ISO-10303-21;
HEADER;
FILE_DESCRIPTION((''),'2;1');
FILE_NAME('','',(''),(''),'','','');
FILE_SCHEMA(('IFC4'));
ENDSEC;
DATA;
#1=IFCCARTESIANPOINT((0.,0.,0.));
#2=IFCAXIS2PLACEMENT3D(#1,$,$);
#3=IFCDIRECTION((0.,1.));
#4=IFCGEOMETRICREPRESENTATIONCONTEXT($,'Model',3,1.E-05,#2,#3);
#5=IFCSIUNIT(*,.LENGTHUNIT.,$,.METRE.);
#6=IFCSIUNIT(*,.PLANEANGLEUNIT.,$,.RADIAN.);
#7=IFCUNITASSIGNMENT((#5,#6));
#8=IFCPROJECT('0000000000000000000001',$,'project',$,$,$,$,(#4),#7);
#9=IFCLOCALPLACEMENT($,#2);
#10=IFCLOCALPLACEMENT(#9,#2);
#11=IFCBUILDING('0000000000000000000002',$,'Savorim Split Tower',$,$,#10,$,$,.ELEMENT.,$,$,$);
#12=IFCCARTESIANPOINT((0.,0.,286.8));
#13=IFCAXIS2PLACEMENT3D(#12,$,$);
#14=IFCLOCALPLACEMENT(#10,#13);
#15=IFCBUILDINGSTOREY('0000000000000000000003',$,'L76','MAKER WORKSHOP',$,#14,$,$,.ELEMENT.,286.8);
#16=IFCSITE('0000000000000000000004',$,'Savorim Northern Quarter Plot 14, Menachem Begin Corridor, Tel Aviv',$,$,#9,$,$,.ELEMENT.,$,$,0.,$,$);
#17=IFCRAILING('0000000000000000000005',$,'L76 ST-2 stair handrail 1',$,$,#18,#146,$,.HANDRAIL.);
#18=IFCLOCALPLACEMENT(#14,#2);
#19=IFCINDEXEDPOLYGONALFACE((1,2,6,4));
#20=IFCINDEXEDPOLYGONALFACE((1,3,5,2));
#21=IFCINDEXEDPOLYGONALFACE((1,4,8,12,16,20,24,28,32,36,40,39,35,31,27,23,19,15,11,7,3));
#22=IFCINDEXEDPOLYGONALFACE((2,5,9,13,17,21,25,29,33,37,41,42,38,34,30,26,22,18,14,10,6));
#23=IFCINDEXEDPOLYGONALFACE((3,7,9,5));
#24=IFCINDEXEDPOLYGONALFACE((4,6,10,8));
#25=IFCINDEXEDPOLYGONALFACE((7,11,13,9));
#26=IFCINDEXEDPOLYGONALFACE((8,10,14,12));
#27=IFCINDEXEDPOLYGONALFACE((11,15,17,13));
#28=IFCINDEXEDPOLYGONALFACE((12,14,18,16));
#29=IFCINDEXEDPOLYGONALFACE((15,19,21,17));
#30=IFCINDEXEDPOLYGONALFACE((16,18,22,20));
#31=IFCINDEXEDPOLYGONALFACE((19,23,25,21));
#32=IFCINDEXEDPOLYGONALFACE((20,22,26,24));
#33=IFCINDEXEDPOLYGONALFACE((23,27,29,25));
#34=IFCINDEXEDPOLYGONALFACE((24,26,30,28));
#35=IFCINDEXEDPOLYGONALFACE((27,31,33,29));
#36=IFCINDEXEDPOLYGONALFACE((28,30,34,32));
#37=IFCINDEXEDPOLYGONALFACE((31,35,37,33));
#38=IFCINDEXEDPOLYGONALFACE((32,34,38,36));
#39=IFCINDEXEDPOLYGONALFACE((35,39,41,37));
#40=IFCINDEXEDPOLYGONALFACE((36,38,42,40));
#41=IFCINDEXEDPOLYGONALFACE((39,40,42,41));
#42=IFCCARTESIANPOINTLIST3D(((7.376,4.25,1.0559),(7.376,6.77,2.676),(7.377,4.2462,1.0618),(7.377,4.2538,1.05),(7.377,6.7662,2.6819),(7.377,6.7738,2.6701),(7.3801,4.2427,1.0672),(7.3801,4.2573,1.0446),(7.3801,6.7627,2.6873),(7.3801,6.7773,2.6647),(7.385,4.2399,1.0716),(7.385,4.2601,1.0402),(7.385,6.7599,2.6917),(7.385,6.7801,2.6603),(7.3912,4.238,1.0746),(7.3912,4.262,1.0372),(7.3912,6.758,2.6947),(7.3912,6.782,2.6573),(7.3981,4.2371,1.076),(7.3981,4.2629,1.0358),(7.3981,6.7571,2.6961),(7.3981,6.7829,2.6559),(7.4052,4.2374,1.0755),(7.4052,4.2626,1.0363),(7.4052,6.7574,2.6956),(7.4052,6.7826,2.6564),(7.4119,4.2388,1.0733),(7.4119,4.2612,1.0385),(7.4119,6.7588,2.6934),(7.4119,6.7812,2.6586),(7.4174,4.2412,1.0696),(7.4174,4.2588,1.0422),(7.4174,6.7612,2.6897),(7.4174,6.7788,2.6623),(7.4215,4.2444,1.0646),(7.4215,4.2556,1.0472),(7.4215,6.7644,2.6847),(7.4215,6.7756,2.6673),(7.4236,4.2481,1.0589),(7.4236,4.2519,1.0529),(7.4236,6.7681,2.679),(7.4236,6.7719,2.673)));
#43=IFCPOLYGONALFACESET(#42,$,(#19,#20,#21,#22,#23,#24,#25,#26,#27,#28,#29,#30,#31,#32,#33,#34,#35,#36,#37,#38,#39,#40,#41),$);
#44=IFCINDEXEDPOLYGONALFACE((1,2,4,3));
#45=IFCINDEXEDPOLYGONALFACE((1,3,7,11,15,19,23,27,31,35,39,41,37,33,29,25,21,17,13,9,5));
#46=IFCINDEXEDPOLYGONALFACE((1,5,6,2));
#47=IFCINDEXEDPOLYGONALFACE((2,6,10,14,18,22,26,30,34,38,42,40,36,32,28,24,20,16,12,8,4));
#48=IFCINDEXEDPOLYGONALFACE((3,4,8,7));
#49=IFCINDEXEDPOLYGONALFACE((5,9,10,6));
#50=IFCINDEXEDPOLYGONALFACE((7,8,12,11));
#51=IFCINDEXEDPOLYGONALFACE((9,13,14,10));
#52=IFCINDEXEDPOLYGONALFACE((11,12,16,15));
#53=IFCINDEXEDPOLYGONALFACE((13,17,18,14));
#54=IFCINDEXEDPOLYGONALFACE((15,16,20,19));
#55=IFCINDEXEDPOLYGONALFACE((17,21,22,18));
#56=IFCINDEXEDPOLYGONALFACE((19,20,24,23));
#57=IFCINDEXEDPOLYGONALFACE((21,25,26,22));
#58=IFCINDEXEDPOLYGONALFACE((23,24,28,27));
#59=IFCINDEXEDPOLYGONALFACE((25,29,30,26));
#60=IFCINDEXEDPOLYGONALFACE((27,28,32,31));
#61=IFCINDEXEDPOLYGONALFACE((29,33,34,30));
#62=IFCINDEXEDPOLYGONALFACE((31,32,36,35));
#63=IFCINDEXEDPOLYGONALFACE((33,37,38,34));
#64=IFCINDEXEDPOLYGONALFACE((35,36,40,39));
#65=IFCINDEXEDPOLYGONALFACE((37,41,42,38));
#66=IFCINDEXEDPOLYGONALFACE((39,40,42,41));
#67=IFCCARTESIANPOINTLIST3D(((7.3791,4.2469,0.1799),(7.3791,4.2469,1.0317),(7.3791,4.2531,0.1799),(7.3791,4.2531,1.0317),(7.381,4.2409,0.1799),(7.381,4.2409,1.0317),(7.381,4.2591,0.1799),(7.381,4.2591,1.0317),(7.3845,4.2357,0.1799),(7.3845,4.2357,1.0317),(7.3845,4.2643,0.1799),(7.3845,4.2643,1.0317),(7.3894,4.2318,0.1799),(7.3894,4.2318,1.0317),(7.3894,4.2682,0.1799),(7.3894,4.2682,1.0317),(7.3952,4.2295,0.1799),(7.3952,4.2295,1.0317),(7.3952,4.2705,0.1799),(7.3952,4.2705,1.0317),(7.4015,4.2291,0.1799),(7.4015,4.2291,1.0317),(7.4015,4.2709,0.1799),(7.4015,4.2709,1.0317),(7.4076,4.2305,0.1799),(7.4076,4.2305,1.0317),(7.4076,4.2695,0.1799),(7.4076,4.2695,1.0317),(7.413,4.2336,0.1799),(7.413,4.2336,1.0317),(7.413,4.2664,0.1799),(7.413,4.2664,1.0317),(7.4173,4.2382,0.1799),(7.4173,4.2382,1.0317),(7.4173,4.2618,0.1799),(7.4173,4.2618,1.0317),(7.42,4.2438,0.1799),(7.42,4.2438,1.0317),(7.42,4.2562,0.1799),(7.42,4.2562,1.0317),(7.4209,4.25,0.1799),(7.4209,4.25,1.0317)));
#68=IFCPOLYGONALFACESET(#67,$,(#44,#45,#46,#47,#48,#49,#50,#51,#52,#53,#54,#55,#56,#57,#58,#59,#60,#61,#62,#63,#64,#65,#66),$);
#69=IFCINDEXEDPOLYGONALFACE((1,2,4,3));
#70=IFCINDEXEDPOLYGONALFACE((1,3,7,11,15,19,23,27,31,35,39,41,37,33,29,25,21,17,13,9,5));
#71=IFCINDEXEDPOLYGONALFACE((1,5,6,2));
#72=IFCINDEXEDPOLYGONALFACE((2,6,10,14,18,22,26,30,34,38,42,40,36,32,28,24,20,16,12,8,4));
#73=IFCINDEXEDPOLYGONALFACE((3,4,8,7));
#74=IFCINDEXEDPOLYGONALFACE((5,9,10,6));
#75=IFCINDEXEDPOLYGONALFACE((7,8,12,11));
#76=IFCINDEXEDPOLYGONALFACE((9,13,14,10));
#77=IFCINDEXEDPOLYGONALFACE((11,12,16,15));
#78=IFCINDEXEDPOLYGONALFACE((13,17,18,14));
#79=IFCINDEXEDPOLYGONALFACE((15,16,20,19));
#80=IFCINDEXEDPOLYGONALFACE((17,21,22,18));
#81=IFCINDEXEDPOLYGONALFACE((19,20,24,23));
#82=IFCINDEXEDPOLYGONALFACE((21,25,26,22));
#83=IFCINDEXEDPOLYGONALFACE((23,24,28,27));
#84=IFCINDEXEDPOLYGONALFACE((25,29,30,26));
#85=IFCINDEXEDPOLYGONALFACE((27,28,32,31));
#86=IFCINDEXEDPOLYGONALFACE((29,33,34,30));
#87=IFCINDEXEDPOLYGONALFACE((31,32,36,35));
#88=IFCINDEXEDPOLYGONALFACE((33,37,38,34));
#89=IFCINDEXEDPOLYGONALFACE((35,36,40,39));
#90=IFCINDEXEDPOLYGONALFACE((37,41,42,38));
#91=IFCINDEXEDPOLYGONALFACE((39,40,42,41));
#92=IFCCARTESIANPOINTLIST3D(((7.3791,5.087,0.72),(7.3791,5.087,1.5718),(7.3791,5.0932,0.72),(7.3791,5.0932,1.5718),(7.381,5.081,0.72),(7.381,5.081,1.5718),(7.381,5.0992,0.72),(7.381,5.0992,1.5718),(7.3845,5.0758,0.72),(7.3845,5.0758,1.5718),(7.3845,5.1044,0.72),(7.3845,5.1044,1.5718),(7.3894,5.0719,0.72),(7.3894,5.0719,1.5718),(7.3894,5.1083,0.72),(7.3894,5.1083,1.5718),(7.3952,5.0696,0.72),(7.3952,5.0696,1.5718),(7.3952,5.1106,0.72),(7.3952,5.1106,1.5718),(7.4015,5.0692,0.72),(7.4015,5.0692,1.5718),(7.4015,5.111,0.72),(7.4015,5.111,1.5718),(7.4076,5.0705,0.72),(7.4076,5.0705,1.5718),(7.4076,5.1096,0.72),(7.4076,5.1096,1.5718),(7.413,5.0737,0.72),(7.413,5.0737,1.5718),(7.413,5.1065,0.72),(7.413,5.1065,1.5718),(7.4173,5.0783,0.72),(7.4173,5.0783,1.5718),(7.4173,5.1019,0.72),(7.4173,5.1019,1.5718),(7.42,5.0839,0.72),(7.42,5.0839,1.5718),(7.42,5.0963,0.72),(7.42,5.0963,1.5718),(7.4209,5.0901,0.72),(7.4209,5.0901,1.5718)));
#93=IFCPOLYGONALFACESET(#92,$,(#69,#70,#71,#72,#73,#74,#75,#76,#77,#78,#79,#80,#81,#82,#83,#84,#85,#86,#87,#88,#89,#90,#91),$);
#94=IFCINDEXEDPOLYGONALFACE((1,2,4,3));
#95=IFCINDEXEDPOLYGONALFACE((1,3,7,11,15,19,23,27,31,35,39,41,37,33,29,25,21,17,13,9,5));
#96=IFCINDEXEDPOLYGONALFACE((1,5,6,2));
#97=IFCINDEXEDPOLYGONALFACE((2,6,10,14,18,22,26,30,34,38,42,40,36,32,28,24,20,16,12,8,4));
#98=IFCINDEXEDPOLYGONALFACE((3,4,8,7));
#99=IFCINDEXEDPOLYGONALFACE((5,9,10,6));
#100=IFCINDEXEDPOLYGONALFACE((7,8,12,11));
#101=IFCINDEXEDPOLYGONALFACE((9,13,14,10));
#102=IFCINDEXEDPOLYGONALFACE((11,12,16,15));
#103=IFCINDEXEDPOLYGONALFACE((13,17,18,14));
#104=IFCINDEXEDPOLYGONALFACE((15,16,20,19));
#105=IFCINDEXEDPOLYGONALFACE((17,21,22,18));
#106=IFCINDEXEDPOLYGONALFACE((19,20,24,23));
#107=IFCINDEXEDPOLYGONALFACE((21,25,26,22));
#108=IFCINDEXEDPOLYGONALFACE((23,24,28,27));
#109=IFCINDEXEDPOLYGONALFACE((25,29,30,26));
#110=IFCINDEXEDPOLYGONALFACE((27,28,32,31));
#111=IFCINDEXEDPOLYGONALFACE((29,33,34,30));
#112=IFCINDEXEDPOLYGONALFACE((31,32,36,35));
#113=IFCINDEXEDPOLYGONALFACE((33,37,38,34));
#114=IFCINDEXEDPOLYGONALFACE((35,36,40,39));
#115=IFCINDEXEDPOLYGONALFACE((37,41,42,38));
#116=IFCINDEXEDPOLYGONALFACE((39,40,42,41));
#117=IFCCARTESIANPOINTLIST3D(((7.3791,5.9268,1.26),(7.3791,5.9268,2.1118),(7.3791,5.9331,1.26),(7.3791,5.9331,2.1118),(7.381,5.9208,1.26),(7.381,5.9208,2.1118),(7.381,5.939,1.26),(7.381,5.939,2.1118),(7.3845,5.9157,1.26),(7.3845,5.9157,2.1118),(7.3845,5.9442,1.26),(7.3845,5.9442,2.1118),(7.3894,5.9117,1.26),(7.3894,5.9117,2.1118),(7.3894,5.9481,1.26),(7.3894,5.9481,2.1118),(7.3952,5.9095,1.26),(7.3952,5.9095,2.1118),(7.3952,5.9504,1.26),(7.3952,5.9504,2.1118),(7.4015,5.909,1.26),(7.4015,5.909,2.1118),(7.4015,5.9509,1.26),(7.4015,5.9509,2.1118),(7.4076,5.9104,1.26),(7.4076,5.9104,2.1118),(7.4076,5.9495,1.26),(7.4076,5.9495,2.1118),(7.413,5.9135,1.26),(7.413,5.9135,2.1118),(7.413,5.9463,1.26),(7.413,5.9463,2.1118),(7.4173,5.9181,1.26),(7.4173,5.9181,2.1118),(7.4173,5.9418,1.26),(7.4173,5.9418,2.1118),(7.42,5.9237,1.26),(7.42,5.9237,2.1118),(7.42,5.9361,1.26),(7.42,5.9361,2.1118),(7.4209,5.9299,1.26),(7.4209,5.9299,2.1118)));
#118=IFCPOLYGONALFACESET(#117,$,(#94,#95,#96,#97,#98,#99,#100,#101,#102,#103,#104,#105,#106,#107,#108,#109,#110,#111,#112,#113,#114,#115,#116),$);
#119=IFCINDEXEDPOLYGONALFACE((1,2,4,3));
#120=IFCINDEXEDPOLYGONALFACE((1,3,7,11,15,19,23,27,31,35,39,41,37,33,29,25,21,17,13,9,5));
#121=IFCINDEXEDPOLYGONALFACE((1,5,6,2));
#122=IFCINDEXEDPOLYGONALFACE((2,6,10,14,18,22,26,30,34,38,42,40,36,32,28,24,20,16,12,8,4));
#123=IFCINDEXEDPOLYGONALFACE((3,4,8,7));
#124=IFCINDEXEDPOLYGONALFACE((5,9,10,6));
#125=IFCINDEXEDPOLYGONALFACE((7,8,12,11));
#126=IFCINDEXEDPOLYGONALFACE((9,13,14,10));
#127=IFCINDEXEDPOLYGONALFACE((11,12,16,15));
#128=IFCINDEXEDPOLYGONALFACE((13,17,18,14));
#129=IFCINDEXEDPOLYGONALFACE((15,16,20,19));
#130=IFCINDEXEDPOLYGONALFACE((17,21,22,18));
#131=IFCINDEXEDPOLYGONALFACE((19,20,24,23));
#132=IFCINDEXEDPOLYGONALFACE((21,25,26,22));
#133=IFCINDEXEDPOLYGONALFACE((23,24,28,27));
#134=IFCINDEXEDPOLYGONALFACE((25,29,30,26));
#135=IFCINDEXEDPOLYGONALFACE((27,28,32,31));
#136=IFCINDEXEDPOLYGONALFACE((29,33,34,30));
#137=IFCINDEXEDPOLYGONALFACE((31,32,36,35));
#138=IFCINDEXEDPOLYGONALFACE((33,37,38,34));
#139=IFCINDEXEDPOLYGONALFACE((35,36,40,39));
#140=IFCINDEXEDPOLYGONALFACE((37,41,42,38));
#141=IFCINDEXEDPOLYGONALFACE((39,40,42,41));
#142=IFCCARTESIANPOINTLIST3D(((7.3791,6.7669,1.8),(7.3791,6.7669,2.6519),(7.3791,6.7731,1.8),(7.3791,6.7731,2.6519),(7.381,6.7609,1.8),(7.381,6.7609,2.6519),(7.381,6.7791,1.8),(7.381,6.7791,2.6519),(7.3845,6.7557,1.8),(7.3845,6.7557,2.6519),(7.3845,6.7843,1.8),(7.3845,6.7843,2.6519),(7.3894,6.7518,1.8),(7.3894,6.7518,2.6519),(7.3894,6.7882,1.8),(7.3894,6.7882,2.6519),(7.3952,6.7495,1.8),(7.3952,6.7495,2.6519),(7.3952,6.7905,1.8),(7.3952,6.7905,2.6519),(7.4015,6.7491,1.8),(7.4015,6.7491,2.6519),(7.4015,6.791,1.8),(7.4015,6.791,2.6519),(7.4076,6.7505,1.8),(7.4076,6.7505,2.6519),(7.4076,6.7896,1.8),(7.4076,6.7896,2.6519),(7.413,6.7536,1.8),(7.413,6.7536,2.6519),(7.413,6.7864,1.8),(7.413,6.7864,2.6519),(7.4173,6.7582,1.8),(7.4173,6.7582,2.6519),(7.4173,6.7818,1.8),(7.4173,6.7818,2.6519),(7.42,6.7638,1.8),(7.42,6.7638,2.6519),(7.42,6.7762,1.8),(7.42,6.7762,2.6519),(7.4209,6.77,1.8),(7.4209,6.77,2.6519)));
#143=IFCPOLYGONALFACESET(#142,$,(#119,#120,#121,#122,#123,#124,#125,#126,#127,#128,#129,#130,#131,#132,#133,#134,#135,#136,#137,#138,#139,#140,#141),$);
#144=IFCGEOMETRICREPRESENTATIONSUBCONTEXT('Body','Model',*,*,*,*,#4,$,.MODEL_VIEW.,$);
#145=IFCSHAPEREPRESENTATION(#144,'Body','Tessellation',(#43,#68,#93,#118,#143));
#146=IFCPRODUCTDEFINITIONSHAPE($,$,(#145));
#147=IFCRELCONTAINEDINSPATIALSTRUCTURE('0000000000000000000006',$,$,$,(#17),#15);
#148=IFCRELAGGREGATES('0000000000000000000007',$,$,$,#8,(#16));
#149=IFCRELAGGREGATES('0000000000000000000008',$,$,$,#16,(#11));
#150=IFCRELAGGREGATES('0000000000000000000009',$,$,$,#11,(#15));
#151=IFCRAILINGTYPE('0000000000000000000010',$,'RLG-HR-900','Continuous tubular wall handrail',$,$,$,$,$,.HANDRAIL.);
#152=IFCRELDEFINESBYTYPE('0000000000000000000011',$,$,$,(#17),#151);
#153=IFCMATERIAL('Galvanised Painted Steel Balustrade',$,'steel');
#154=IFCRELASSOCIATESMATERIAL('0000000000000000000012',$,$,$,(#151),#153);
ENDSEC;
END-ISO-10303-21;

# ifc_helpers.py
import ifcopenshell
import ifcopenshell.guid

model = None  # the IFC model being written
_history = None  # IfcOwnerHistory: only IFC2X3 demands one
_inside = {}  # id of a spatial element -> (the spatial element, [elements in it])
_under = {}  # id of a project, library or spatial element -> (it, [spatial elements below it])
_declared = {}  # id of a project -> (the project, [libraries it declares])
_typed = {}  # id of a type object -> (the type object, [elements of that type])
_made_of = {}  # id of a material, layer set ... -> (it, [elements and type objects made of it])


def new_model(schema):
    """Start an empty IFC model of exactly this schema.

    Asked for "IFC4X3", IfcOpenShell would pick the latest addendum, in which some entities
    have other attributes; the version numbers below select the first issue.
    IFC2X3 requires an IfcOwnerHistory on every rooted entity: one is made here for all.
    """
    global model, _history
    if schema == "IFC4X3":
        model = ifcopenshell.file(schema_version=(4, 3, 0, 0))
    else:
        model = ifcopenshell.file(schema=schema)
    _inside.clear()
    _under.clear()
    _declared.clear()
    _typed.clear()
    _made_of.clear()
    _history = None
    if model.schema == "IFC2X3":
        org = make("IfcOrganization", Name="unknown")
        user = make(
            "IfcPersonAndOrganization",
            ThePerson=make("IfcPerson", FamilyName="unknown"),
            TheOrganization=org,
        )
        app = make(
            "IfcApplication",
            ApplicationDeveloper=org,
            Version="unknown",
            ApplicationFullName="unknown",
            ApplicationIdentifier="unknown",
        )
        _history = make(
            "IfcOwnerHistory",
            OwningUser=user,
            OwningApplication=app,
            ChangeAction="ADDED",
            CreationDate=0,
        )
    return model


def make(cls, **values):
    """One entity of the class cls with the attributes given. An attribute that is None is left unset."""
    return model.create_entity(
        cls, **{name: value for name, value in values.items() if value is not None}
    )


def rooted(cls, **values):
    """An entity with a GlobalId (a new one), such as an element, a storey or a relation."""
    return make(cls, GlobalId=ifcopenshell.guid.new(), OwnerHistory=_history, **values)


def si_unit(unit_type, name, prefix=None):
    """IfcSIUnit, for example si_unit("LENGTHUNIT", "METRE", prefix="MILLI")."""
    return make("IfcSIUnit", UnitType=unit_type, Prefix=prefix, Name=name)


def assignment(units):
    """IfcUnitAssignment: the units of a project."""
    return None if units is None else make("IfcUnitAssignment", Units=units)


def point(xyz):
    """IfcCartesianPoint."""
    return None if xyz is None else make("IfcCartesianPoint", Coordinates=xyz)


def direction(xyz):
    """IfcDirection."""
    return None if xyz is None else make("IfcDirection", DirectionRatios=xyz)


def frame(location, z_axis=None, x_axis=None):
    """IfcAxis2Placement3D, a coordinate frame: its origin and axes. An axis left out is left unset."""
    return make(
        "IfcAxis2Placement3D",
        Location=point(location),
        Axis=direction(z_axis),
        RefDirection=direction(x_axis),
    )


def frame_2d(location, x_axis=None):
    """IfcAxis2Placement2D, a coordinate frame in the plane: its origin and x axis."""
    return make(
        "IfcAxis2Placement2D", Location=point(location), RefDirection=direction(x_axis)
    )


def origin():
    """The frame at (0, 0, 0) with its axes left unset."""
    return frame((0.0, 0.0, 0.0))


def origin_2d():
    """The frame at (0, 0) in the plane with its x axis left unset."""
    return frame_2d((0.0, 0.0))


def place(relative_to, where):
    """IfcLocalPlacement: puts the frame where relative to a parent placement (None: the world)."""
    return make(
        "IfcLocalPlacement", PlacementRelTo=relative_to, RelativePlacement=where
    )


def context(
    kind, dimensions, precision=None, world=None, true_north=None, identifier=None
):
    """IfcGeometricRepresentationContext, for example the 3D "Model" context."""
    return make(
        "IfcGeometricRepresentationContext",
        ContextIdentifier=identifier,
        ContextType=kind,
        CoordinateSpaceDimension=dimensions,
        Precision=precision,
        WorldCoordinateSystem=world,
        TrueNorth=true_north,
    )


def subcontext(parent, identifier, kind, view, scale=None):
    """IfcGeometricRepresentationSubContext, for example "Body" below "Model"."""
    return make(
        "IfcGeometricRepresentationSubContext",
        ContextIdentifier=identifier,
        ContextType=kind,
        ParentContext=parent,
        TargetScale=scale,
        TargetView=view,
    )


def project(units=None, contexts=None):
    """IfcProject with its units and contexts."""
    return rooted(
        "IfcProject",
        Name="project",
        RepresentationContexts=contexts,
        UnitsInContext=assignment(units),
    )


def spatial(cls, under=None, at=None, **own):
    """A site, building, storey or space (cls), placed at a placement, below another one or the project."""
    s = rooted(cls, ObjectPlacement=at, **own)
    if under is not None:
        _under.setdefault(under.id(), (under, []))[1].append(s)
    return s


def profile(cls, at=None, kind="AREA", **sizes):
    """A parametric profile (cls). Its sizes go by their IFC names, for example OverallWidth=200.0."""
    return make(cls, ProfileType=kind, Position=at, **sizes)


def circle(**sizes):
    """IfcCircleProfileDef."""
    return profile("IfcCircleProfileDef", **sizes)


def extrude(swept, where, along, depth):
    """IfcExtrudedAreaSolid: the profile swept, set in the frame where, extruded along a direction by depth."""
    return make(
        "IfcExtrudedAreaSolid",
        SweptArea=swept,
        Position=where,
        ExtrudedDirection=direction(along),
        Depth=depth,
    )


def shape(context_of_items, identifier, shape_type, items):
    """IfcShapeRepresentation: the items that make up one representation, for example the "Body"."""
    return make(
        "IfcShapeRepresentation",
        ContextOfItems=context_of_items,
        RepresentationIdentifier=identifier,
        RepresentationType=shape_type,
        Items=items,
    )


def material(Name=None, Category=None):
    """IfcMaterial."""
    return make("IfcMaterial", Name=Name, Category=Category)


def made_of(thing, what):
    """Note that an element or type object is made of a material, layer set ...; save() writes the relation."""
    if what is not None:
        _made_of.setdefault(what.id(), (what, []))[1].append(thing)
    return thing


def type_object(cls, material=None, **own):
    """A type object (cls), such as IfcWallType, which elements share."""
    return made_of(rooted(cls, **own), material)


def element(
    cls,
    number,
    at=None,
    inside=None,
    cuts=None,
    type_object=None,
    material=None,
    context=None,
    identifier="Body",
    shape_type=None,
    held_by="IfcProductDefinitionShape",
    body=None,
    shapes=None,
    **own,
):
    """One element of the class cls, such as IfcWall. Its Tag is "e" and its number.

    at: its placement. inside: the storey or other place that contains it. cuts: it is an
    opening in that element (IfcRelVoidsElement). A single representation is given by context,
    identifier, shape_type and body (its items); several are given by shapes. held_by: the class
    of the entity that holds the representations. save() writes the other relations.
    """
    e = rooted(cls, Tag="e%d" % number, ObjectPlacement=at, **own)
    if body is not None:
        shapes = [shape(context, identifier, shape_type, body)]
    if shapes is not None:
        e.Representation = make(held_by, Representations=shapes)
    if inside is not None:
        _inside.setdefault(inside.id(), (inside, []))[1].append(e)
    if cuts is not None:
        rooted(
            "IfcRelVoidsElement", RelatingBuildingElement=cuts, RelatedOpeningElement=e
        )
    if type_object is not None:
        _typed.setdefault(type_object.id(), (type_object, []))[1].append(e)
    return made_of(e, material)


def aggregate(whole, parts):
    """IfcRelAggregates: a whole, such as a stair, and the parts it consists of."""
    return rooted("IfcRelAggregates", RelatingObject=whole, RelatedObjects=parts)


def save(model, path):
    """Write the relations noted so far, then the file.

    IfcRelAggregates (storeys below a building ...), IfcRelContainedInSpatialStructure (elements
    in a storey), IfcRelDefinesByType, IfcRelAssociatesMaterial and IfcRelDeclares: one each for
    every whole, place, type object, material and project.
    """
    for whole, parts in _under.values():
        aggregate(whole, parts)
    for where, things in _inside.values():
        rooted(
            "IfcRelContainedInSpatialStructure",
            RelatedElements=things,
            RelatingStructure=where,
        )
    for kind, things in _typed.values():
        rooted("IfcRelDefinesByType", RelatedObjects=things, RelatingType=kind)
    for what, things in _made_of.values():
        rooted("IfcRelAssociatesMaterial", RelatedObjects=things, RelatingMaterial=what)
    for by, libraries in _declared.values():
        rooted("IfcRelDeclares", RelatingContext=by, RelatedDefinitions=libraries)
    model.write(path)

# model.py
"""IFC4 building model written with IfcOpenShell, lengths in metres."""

from ifc_helpers import new_model, si_unit, direction, frame, origin, origin_2d, place, context, subcontext, project, spatial, circle, extrude, material, type_object, element, save


model = new_model("IFC4")

# Units and contexts
model_context = context("Model", 3, precision=1e-05, world=origin(), true_north=direction((0.0, 1.0)))
body_context = subcontext(model_context, "Body", "Model", "MODEL_VIEW")
ifc_project = project(units=[si_unit("LENGTHUNIT", "METRE"), si_unit("PLANEANGLEUNIT", "RADIAN")], contexts=[model_context])

# Site, building, storey
site_placement = place(None, origin())
site = spatial("IfcSite", under=ifc_project, at=site_placement, Name="Savorim Northern Quarter Plot 14, Menachem Begin Corridor, Tel Aviv", CompositionType="ELEMENT", RefElevation=0.0)
building_placement = place(site_placement, origin())
building = spatial("IfcBuilding", under=site, at=building_placement, Name="Savorim Split Tower", CompositionType="ELEMENT")
storey_placement = place(building_placement, frame((0.0, 0.0, 286.8)))
storey = spatial("IfcBuildingStorey", under=building, at=storey_placement, Name="L76", Description="MAKER WORKSHOP", CompositionType="ELEMENT", Elevation=286.8)

# Railing
ifc_material_1 = material(Name="Galvanised Painted Steel Balustrade", Category="steel")
railing_type_1 = type_object("IfcRailingType", Name="RLG-HR-900", Description="Continuous tubular wall handrail", PredefinedType="HANDRAIL", material=ifc_material_1)
railing_1_placement = place(storey_placement, frame((7.3999, 4.25, 0.1799)))
element("IfcRailing", 1, at=railing_1_placement, inside=storey, type_object=railing_type_1, Name="L76 ST-2 stair handrail 1", PredefinedType="HANDRAIL", context=body_context, shape_type="SweptSolid", body=[
    extrude(circle(Radius=0.0239, at=origin_2d()), frame((0.0, 0.0, 0.876), z_axis=(0.0, 0.841163, 0.540782), x_axis=(-1.0, 0.0, 0.0)), (0.0, 0.0, 1.0), 2.9958),
    extrude(circle(Radius=0.021, at=origin_2d()), origin(), (0.0, 0.0, 1.0), 0.8518),
    extrude(circle(Radius=0.021, at=origin_2d()), frame((0.0, 0.8401, 0.54)), (0.0, 0.0, 1.0), 0.8518),
    extrude(circle(Radius=0.021, at=origin_2d()), frame((0.0, 1.6799, 1.0801)), (0.0, 0.0, 1.0), 0.8518),
    extrude(circle(Radius=0.021, at=origin_2d()), frame((0.0, 2.52, 1.6201)), (0.0, 0.0, 1.0), 0.8518),
])

save(model, "model.ifc")
